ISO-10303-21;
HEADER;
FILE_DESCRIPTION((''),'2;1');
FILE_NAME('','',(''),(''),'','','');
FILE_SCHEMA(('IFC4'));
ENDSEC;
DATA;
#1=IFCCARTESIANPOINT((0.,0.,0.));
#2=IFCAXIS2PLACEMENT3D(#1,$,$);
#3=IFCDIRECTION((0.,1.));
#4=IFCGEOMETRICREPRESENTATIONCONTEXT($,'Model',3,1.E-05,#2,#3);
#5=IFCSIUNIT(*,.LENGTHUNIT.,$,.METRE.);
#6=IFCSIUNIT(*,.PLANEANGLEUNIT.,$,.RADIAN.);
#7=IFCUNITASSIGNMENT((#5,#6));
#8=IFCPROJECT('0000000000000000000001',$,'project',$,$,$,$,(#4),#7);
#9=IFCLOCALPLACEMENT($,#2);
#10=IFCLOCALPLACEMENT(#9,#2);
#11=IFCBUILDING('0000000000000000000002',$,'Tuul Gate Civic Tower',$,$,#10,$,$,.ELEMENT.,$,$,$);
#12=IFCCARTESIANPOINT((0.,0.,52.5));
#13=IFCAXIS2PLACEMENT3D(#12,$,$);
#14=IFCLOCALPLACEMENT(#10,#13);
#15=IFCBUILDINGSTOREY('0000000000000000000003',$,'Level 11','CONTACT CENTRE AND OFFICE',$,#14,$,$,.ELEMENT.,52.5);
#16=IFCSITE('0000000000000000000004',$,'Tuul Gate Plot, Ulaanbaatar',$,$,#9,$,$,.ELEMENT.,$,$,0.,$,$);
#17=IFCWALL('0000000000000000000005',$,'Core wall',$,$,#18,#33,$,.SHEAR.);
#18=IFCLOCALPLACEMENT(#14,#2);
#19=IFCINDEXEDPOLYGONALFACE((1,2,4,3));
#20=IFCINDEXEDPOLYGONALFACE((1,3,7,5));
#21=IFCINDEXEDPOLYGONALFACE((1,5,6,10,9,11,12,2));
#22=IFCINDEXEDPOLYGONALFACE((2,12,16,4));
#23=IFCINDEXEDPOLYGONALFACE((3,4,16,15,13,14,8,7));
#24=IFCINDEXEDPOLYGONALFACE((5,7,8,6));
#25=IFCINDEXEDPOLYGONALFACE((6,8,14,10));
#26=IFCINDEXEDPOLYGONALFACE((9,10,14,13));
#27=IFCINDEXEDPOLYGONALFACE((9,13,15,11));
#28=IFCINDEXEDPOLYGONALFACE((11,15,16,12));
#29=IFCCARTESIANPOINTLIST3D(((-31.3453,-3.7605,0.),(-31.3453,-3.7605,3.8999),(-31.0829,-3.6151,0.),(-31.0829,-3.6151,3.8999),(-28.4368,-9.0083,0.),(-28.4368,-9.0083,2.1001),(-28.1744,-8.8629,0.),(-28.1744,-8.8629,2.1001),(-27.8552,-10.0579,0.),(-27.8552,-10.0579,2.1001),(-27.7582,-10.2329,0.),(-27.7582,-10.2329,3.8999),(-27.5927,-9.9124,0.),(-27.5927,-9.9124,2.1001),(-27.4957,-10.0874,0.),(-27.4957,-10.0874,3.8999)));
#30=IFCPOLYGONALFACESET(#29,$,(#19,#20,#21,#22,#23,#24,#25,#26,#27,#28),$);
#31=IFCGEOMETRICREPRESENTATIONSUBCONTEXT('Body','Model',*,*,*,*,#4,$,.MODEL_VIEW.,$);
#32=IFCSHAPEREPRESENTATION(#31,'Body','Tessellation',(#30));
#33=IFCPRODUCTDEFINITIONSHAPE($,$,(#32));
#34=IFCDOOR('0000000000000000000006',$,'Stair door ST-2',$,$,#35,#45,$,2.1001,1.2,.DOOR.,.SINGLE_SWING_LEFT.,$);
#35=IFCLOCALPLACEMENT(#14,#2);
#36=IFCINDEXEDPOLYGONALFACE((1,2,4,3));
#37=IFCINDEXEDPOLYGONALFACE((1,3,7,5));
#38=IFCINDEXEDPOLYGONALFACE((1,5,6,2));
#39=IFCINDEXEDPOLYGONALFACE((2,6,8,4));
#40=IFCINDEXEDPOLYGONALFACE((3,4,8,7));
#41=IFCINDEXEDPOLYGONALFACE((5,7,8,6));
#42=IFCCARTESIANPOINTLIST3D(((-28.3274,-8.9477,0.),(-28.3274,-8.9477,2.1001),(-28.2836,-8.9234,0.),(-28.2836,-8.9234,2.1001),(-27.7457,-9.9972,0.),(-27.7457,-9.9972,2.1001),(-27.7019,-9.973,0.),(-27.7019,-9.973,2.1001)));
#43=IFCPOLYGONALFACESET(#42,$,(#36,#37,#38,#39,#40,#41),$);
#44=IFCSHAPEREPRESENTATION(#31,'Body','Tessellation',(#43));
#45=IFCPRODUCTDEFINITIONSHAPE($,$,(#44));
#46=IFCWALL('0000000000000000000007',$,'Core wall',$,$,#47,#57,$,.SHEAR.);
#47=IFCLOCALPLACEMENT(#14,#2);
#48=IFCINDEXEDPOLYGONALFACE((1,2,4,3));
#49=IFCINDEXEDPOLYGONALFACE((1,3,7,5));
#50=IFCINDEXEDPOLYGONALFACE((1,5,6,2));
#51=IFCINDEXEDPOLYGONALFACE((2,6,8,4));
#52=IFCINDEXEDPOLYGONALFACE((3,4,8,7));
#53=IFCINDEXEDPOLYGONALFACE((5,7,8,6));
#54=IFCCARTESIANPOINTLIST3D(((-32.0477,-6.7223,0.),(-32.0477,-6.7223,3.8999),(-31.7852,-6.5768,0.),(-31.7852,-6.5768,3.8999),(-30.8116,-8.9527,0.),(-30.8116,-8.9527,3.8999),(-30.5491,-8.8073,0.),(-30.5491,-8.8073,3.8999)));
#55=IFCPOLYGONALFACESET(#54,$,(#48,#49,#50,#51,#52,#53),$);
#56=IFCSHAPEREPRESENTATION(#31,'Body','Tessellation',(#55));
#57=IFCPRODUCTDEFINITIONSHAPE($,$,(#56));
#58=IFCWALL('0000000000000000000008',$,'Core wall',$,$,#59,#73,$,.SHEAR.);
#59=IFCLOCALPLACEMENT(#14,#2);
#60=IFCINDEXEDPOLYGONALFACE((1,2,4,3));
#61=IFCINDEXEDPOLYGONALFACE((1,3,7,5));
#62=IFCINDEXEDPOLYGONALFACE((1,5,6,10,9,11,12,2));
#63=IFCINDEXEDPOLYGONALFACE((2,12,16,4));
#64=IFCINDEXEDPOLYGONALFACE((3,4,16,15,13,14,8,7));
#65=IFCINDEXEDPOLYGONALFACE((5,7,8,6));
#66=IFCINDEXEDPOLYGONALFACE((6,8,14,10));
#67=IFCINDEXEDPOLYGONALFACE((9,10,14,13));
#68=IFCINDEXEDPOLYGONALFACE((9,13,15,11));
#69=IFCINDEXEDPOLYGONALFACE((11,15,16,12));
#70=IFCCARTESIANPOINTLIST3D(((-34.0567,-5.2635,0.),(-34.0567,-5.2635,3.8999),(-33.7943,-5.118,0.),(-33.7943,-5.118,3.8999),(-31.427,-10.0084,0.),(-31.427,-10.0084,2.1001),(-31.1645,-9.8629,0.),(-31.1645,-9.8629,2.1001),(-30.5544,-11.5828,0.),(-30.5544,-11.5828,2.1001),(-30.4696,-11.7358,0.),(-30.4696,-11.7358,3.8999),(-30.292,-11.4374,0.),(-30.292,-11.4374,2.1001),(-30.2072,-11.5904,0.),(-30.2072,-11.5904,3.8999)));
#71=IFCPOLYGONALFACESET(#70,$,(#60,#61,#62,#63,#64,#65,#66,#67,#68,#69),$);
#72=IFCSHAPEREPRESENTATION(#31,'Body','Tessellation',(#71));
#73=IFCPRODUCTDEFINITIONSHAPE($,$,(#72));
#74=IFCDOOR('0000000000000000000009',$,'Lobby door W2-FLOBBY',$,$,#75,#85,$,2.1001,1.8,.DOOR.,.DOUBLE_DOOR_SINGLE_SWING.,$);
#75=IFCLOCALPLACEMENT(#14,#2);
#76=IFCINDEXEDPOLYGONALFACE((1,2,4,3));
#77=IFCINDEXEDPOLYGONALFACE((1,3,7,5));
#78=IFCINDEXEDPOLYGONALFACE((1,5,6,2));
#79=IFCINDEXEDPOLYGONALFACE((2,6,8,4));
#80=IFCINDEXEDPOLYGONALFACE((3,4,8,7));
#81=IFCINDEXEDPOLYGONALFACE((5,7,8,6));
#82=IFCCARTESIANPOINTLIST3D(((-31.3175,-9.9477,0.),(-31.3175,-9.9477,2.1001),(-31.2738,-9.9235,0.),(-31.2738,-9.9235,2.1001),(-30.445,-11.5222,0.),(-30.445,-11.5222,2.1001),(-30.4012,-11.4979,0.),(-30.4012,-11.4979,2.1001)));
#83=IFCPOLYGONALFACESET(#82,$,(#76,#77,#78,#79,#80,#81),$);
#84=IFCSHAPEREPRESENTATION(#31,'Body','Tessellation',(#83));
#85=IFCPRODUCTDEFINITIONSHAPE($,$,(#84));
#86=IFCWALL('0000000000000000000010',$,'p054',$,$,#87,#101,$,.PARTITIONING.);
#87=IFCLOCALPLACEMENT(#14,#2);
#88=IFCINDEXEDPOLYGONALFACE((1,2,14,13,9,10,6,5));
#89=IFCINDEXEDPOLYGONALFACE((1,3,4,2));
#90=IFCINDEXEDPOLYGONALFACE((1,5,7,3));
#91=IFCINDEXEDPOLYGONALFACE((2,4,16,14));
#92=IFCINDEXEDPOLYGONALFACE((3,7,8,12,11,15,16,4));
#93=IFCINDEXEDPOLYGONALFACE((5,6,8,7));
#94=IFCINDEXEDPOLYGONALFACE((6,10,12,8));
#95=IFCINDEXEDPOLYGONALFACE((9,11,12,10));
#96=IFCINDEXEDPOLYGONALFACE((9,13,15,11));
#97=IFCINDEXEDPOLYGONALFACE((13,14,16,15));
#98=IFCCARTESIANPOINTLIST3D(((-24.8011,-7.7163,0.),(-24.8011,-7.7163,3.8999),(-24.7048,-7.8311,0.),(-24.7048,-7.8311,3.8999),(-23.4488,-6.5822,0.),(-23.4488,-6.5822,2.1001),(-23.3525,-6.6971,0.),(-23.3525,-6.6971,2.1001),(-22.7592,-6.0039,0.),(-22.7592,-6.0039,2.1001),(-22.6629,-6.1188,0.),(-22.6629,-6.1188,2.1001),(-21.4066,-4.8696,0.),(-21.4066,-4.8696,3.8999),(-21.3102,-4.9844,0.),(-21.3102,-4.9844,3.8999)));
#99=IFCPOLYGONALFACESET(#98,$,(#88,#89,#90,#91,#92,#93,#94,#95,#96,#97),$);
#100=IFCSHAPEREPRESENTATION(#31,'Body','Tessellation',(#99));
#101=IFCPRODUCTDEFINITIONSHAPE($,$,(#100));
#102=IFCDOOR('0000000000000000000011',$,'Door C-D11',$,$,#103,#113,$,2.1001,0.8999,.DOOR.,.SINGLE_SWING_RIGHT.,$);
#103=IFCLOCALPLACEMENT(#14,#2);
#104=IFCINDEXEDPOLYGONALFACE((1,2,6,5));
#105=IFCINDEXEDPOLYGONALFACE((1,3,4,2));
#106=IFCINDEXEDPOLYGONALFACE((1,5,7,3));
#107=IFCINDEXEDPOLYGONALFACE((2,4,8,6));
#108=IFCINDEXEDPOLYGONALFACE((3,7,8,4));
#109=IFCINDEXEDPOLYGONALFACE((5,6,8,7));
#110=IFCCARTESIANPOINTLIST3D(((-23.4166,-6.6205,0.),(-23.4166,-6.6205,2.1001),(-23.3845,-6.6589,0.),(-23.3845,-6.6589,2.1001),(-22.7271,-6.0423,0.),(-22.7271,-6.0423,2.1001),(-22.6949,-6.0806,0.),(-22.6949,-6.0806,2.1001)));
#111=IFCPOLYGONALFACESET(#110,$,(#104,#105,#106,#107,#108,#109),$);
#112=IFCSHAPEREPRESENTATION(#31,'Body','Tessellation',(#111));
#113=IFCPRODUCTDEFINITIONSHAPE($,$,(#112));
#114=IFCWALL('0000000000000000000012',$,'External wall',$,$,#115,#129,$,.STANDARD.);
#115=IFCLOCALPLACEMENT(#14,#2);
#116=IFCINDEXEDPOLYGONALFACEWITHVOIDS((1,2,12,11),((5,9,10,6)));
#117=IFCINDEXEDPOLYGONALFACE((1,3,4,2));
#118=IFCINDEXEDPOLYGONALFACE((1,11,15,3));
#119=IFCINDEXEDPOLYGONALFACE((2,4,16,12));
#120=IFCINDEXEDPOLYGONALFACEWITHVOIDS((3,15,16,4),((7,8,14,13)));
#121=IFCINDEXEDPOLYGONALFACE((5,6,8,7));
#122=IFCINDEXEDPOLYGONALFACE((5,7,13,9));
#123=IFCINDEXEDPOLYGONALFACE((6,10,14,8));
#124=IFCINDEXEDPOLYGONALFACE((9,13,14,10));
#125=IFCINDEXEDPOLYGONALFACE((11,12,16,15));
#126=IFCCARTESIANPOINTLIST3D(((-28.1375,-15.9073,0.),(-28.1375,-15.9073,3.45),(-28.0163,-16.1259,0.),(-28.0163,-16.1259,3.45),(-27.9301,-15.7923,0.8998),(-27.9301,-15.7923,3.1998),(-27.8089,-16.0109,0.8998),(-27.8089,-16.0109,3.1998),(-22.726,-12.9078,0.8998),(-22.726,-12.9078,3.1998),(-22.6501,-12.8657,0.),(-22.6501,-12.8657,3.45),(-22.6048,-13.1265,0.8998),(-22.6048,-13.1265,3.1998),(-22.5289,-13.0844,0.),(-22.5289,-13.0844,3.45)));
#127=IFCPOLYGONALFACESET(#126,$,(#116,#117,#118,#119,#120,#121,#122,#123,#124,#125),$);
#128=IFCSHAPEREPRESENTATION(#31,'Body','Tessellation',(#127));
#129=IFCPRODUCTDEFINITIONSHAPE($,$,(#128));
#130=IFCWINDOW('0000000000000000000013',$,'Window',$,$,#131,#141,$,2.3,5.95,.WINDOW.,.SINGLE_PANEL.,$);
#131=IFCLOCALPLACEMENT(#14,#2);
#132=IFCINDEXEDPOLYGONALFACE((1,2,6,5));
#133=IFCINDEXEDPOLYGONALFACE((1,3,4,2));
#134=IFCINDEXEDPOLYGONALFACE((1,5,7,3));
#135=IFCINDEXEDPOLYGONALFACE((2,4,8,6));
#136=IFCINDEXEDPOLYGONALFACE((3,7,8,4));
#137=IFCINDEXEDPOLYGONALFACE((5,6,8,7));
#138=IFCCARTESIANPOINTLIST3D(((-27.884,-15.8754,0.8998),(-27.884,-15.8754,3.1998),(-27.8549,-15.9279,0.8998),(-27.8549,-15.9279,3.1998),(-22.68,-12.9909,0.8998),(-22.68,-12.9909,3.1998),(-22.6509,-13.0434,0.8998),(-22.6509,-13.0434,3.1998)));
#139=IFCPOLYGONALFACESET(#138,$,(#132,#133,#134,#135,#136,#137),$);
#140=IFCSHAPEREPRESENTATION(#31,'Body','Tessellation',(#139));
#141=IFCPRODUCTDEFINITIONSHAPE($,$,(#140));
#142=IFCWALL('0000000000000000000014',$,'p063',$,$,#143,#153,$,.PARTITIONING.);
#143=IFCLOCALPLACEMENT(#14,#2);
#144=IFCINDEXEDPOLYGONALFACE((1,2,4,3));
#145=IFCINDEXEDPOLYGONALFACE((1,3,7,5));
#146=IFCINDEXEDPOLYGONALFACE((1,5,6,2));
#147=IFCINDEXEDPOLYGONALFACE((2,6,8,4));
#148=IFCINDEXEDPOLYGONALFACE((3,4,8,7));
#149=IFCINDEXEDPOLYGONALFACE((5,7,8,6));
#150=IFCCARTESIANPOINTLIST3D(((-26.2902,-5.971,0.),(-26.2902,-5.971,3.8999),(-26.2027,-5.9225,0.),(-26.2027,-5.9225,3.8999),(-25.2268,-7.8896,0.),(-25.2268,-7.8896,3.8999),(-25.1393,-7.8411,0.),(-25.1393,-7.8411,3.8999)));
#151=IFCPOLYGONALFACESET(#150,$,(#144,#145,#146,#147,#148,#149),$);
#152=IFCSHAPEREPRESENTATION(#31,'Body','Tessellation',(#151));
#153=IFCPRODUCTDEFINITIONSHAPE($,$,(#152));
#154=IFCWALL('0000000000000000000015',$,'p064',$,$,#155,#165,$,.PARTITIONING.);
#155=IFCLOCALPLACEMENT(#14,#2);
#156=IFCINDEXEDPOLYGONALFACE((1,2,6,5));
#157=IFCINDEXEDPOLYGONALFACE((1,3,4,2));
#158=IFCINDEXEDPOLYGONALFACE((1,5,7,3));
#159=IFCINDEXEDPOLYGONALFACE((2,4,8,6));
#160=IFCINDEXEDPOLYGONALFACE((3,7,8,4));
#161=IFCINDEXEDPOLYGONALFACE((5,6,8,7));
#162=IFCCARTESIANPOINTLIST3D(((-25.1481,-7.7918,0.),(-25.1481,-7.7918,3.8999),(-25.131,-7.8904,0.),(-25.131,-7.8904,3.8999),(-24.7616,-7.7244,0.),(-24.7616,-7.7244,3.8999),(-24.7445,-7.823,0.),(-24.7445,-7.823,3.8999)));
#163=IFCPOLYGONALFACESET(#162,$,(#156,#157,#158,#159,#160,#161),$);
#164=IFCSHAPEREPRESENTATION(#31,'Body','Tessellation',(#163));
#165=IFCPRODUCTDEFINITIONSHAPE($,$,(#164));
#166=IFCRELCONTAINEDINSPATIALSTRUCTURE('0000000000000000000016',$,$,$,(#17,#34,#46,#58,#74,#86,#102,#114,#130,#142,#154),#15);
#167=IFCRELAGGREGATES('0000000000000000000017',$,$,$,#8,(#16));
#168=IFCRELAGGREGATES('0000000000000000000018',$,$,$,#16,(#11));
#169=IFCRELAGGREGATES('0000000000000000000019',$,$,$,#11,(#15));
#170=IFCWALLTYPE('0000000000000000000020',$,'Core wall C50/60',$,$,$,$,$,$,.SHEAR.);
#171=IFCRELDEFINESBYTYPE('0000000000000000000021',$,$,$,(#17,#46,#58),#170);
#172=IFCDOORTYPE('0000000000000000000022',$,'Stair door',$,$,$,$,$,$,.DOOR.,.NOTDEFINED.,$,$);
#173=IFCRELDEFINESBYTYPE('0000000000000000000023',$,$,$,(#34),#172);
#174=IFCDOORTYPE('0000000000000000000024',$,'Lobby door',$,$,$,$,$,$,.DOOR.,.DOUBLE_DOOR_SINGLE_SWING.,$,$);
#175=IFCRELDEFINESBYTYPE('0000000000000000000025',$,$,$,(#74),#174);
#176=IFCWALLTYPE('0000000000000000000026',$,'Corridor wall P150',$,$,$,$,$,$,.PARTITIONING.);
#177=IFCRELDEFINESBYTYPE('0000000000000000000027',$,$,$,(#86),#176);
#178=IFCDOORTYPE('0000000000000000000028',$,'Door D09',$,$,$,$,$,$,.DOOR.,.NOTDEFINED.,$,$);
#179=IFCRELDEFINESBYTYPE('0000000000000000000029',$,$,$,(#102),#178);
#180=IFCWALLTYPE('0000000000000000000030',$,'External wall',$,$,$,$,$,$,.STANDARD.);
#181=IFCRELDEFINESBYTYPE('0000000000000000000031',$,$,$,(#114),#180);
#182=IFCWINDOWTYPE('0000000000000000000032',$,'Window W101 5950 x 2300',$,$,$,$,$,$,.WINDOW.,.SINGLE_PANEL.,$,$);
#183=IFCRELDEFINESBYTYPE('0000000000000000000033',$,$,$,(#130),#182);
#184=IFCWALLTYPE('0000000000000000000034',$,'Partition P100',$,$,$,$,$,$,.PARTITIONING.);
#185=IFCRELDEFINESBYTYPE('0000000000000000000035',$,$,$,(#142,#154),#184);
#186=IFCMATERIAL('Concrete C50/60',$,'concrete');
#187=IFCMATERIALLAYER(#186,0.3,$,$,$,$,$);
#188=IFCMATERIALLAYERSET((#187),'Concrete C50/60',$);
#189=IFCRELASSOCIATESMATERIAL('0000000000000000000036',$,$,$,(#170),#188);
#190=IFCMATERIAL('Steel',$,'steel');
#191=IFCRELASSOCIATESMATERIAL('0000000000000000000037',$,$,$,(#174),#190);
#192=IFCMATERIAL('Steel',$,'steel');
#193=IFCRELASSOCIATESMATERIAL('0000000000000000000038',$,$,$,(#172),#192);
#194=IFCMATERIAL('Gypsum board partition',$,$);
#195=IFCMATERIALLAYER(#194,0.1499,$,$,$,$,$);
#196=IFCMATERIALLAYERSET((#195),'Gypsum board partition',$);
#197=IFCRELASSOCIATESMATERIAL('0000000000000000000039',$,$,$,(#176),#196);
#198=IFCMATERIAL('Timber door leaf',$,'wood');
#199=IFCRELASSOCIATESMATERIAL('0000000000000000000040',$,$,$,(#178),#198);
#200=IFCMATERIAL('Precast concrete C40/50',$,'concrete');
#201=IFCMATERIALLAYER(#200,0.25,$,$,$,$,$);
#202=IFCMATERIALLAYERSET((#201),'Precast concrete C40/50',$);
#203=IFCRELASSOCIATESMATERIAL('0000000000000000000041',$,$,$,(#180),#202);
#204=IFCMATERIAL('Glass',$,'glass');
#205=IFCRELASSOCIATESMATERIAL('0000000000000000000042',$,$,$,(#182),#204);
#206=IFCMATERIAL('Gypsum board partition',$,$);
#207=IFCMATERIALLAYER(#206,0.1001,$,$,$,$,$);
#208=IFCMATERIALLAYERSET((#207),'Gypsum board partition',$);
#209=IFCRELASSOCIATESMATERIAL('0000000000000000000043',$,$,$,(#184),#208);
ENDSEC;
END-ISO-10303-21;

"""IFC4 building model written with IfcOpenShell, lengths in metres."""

from ifc_helpers import new_model, si_unit, direction, frame, frame_2d, origin, place, context, subcontext, project, spatial, rectangle, extrude, material, layer, layer_set, type_object, element, fill, save


model = new_model("IFC4")

# Units and contexts
model_context = context("Model", 3, precision=1e-05, world=origin(), true_north=direction((0.0, 1.0)))
body_context = subcontext(model_context, "Body", "Model", "MODEL_VIEW")
ifc_project = project(units=[si_unit("LENGTHUNIT", "METRE"), si_unit("PLANEANGLEUNIT", "RADIAN")], contexts=[model_context])

# Site, building, storey
site_placement = place(None, origin())
site = spatial("IfcSite", under=ifc_project, at=site_placement, Name="Tuul Gate Plot, Ulaanbaatar", CompositionType="ELEMENT", RefElevation=0.0)
building_placement = place(site_placement, origin())
building = spatial("IfcBuilding", under=site, at=building_placement, Name="Tuul Gate Civic Tower", CompositionType="ELEMENT")
storey_placement = place(building_placement, frame((0.0, 0.0, 52.5)))
storey = spatial("IfcBuildingStorey", under=building, at=storey_placement, Name="Level 11", Description="CONTACT CENTRE AND OFFICE", CompositionType="ELEMENT", Elevation=52.5)

# Shared definitions
ifc_material_1 = material(Name="Concrete C50/60", Category="concrete")
ifc_layer_1 = layer(ifc_material_1, 0.3)
ifc_layer_set_1 = layer_set([ifc_layer_1], Name="Concrete C50/60")
wall_type_1 = type_object("IfcWallType", Name="Core wall C50/60", PredefinedType="SHEAR", material=ifc_layer_set_1)
ifc_material_2 = material(Name="Steel", Category="steel")
door_type_1 = type_object("IfcDoorType", Name="Lobby door", OperationType="DOUBLE_DOOR_SINGLE_SWING", PredefinedType="DOOR", material=ifc_material_2)

# Wall, opening, door
wall_1_placement = place(storey_placement, frame((-27.627, -10.1602, 0.0), z_axis=(0.0, 0.0, 1.0), x_axis=(-0.484752, 0.874652, 0.0)))
wall_1 = element("IfcWall", 1, at=wall_1_placement, inside=storey, type_object=wall_type_1, Name="Core wall", PredefinedType="SHEAR", context=body_context, shape_type="SweptSolid", body=[
    extrude(rectangle(XDim=7.3999, YDim=0.3, at=frame_2d((3.7, 0.0))), origin(), (0.0, 0.0, 1.0), 3.8999),
])
opening_1_placement = place(wall_1_placement, frame((0.2, 0.0, 0.0)))
opening_1 = element("IfcOpeningElement", 2, at=opening_1_placement, cuts=wall_1, PredefinedType="OPENING", context=body_context, shape_type="SweptSolid", body=[
    extrude(rectangle(XDim=1.2, YDim=2.1001, at=frame_2d((0.6001, 1.05))), frame((0.0, 0.1602, 0.0), z_axis=(0.0, -1.0, 0.0), x_axis=(1.0, 0.0, 0.0)), (0.0, 0.0, 1.0), 0.3201),
])
ifc_material_3 = material(Name="Steel", Category="steel")
door_type_2 = type_object("IfcDoorType", Name="Stair door", OperationType="NOTDEFINED", PredefinedType="DOOR", material=ifc_material_3)
door_1_placement = place(opening_1_placement, origin())
door_1 = element("IfcDoor", 3, at=door_1_placement, inside=storey, type_object=door_type_2, Name="Stair door ST-2", OperationType="SINGLE_SWING_LEFT", OverallHeight=2.1001, OverallWidth=1.2, PredefinedType="DOOR", context=body_context, shape_type="SweptSolid", body=[
    extrude(rectangle(XDim=1.2, YDim=2.1001, at=frame_2d((0.6001, 1.05))), frame((0.0, 0.0249, 0.0), z_axis=(0.0, -1.0, 0.0), x_axis=(1.0, 0.0, 0.0)), (0.0, 0.0, 1.0), 0.05),
])
fill(opening_1, door_1)

# Wall
wall_2_placement = place(storey_placement, frame((-30.6804, -8.8799, 0.0), z_axis=(0.0, 0.0, 1.0), x_axis=(-0.484724, 0.874667, 0.0)))
element("IfcWall", 4, at=wall_2_placement, inside=storey, type_object=wall_type_1, Name="Core wall", PredefinedType="SHEAR", context=body_context, shape_type="SweptSolid", body=[
    extrude(rectangle(XDim=2.55, YDim=0.3, at=frame_2d((1.2749, 0.0))), origin(), (0.0, 0.0, 1.0), 3.8999),
])

# Walls, openings, doors
wall_3_placement = place(storey_placement, frame((-30.3384, -11.6631, 0.0), z_axis=(0.0, 0.0, 1.0), x_axis=(-0.484752, 0.874652, 0.0)))
wall_3 = element("IfcWall", 5, at=wall_3_placement, inside=storey, type_object=wall_type_1, Name="Core wall", PredefinedType="SHEAR", context=body_context, shape_type="SweptSolid", body=[
    extrude(rectangle(XDim=7.3999, YDim=0.3, at=frame_2d((3.7, 0.0))), origin(), (0.0, 0.0, 1.0), 3.8999),
])
opening_2_placement = place(wall_3_placement, frame((0.175, 0.0, 0.0)))
opening_2 = element("IfcOpeningElement", 6, at=opening_2_placement, cuts=wall_3, PredefinedType="OPENING", context=body_context, shape_type="SweptSolid", body=[
    extrude(rectangle(XDim=1.8, YDim=2.1001, at=frame_2d((0.8999, 1.05))), frame((0.0, 0.1602, 0.0), z_axis=(0.0, -1.0, 0.0), x_axis=(1.0, 0.0, 0.0)), (0.0, 0.0, 1.0), 0.3201),
])
door_2_placement = place(opening_2_placement, origin())
door_2 = element("IfcDoor", 7, at=door_2_placement, inside=storey, type_object=door_type_1, Name="Lobby door W2-FLOBBY", OperationType="DOUBLE_DOOR_SINGLE_SWING", OverallHeight=2.1001, OverallWidth=1.8, PredefinedType="DOOR", context=body_context, shape_type="SweptSolid", body=[
    extrude(rectangle(XDim=1.8, YDim=2.1001, at=frame_2d((0.8999, 1.05))), frame((0.0, 0.0249, 0.0), z_axis=(0.0, -1.0, 0.0), x_axis=(1.0, 0.0, 0.0)), (0.0, 0.0, 1.0), 0.05),
])
fill(opening_2, door_2)
ifc_material_4 = material(Name="Gypsum board partition")
ifc_layer_2 = layer(ifc_material_4, 0.1499)
ifc_layer_set_2 = layer_set([ifc_layer_2], Name="Gypsum board partition")
wall_type_2 = type_object("IfcWallType", Name="Corridor wall P150", PredefinedType="PARTITIONING", material=ifc_layer_set_2)
wall_4_placement = place(storey_placement, frame((-24.7529, -7.7737, 0.0), z_axis=(0.0, 0.0, 1.0), x_axis=(0.76623, 0.642566, 0.0)))
wall_4 = element("IfcWall", 8, at=wall_4_placement, inside=storey, type_object=wall_type_2, Name="p054", PredefinedType="PARTITIONING", context=body_context, shape_type="SweptSolid", body=[
    extrude(rectangle(XDim=4.4302, YDim=0.1499, at=frame_2d((2.2151, 0.0))), origin(), (0.0, 0.0, 1.0), 3.8999),
])
opening_3_placement = place(wall_4_placement, frame((1.7649, 0.0, 0.0)))
opening_3 = element("IfcOpeningElement", 9, at=opening_3_placement, cuts=wall_4, PredefinedType="OPENING", context=body_context, shape_type="SweptSolid", body=[
    extrude(rectangle(XDim=0.8999, YDim=2.1001, at=frame_2d((0.45, 1.05))), frame((0.0, 0.085, 0.0), z_axis=(0.0, -1.0, 0.0), x_axis=(1.0, 0.0, 0.0)), (0.0, 0.0, 1.0), 0.1699),
])
ifc_material_5 = material(Name="Timber door leaf", Category="wood")
door_type_3 = type_object("IfcDoorType", Name="Door D09", OperationType="NOTDEFINED", PredefinedType="DOOR", material=ifc_material_5)
door_3_placement = place(opening_3_placement, origin())
door_3 = element("IfcDoor", 10, at=door_3_placement, inside=storey, type_object=door_type_3, Name="Door C-D11", OperationType="SINGLE_SWING_RIGHT", OverallHeight=2.1001, OverallWidth=0.8999, PredefinedType="DOOR", context=body_context, shape_type="SweptSolid", body=[
    extrude(rectangle(XDim=0.8999, YDim=2.1001, at=frame_2d((0.45, 1.05))), frame((0.0, 0.0249, 0.0), z_axis=(0.0, -1.0, 0.0), x_axis=(1.0, 0.0, 0.0)), (0.0, 0.0, 1.0), 0.05),
])
fill(opening_3, door_3)

# Wall, opening, window
ifc_material_6 = material(Name="Precast concrete C40/50", Category="concrete")
ifc_layer_3 = layer(ifc_material_6, 0.25)
ifc_layer_set_3 = layer_set([ifc_layer_3], Name="Precast concrete C40/50")
wall_type_3 = type_object("IfcWallType", Name="External wall", PredefinedType="STANDARD", material=ifc_layer_set_3)
wall_5_placement = place(storey_placement, frame((-28.0769, -16.0166, 0.0), z_axis=(0.0, 0.0, 1.0), x_axis=(0.87463, 0.48479, 0.0)))
wall_5 = element("IfcWall", 11, at=wall_5_placement, inside=storey, type_object=wall_type_3, Name="External wall", PredefinedType="STANDARD", context=body_context, shape_type="SweptSolid", body=[
    extrude(rectangle(XDim=6.2739, YDim=0.25, at=frame_2d((3.137, 0.0))), origin(), (0.0, 0.0, 1.0), 3.45),
])
opening_4_placement = place(wall_5_placement, frame((0.2371, 0.0, 0.8999)))
opening_4 = element("IfcOpeningElement", 12, at=opening_4_placement, cuts=wall_5, PredefinedType="OPENING", context=body_context, shape_type="SweptSolid", body=[
    extrude(rectangle(XDim=5.95, YDim=2.3, at=frame_2d((2.9751, 1.1499))), frame((0.0, 0.135, 0.0), z_axis=(0.0, -1.0, 0.0), x_axis=(1.0, 0.0, 0.0)), (0.0, 0.0, 1.0), 0.27),
])
ifc_material_7 = material(Name="Glass", Category="glass")
window_type = type_object("IfcWindowType", Name="Window W101 5950 x 2300", PartitioningType="SINGLE_PANEL", PredefinedType="WINDOW", material=ifc_material_7)
window_placement = place(opening_4_placement, origin())
window = element("IfcWindow", 13, at=window_placement, inside=storey, type_object=window_type, Name="Window", OverallHeight=2.3, OverallWidth=5.95, PartitioningType="SINGLE_PANEL", PredefinedType="WINDOW", context=body_context, shape_type="SweptSolid", body=[
    extrude(rectangle(XDim=5.95, YDim=2.3, at=frame_2d((2.9751, 1.1499))), frame((0.0, 0.03, 0.0), z_axis=(0.0, -1.0, 0.0), x_axis=(1.0, 0.0, 0.0)), (0.0, 0.0, 1.0), 0.0601),
])
fill(opening_4, window)

# Walls
ifc_material_8 = material(Name="Gypsum board partition")
ifc_layer_4 = layer(ifc_material_8, 0.1001)
ifc_layer_set_4 = layer_set([ifc_layer_4], Name="Gypsum board partition")
wall_type_4 = type_object("IfcWallType", Name="Partition P100", PredefinedType="PARTITIONING", material=ifc_layer_set_4)
wall_6_placement = place(storey_placement, frame((-25.1831, -7.8652, 0.0), z_axis=(0.0, 0.0, 1.0), x_axis=(-0.484783, 0.874635, 0.0)))
element("IfcWall", 14, at=wall_6_placement, inside=storey, type_object=wall_type_4, Name="p063", PredefinedType="PARTITIONING", context=body_context, shape_type="SweptSolid", body=[
    extrude(rectangle(XDim=2.1936, YDim=0.1001, at=frame_2d((1.0967, 0.0))), origin(), (0.0, 0.0, 1.0), 3.8999),
])
wall_7_placement = place(storey_placement, frame((-24.7529, -7.7737, 0.0), z_axis=(0.0, 0.0, 1.0), x_axis=(-0.985139, -0.171761, 0.0)))
element("IfcWall", 15, at=wall_7_placement, inside=storey, type_object=wall_type_4, Name="p064", PredefinedType="PARTITIONING", context=body_context, shape_type="SweptSolid", body=[
    extrude(rectangle(XDim=0.3923, YDim=0.1001, at=frame_2d((0.1963, 0.0))), origin(), (0.0, 0.0, 1.0), 3.8999),
])

save(model, "model.ifc")
